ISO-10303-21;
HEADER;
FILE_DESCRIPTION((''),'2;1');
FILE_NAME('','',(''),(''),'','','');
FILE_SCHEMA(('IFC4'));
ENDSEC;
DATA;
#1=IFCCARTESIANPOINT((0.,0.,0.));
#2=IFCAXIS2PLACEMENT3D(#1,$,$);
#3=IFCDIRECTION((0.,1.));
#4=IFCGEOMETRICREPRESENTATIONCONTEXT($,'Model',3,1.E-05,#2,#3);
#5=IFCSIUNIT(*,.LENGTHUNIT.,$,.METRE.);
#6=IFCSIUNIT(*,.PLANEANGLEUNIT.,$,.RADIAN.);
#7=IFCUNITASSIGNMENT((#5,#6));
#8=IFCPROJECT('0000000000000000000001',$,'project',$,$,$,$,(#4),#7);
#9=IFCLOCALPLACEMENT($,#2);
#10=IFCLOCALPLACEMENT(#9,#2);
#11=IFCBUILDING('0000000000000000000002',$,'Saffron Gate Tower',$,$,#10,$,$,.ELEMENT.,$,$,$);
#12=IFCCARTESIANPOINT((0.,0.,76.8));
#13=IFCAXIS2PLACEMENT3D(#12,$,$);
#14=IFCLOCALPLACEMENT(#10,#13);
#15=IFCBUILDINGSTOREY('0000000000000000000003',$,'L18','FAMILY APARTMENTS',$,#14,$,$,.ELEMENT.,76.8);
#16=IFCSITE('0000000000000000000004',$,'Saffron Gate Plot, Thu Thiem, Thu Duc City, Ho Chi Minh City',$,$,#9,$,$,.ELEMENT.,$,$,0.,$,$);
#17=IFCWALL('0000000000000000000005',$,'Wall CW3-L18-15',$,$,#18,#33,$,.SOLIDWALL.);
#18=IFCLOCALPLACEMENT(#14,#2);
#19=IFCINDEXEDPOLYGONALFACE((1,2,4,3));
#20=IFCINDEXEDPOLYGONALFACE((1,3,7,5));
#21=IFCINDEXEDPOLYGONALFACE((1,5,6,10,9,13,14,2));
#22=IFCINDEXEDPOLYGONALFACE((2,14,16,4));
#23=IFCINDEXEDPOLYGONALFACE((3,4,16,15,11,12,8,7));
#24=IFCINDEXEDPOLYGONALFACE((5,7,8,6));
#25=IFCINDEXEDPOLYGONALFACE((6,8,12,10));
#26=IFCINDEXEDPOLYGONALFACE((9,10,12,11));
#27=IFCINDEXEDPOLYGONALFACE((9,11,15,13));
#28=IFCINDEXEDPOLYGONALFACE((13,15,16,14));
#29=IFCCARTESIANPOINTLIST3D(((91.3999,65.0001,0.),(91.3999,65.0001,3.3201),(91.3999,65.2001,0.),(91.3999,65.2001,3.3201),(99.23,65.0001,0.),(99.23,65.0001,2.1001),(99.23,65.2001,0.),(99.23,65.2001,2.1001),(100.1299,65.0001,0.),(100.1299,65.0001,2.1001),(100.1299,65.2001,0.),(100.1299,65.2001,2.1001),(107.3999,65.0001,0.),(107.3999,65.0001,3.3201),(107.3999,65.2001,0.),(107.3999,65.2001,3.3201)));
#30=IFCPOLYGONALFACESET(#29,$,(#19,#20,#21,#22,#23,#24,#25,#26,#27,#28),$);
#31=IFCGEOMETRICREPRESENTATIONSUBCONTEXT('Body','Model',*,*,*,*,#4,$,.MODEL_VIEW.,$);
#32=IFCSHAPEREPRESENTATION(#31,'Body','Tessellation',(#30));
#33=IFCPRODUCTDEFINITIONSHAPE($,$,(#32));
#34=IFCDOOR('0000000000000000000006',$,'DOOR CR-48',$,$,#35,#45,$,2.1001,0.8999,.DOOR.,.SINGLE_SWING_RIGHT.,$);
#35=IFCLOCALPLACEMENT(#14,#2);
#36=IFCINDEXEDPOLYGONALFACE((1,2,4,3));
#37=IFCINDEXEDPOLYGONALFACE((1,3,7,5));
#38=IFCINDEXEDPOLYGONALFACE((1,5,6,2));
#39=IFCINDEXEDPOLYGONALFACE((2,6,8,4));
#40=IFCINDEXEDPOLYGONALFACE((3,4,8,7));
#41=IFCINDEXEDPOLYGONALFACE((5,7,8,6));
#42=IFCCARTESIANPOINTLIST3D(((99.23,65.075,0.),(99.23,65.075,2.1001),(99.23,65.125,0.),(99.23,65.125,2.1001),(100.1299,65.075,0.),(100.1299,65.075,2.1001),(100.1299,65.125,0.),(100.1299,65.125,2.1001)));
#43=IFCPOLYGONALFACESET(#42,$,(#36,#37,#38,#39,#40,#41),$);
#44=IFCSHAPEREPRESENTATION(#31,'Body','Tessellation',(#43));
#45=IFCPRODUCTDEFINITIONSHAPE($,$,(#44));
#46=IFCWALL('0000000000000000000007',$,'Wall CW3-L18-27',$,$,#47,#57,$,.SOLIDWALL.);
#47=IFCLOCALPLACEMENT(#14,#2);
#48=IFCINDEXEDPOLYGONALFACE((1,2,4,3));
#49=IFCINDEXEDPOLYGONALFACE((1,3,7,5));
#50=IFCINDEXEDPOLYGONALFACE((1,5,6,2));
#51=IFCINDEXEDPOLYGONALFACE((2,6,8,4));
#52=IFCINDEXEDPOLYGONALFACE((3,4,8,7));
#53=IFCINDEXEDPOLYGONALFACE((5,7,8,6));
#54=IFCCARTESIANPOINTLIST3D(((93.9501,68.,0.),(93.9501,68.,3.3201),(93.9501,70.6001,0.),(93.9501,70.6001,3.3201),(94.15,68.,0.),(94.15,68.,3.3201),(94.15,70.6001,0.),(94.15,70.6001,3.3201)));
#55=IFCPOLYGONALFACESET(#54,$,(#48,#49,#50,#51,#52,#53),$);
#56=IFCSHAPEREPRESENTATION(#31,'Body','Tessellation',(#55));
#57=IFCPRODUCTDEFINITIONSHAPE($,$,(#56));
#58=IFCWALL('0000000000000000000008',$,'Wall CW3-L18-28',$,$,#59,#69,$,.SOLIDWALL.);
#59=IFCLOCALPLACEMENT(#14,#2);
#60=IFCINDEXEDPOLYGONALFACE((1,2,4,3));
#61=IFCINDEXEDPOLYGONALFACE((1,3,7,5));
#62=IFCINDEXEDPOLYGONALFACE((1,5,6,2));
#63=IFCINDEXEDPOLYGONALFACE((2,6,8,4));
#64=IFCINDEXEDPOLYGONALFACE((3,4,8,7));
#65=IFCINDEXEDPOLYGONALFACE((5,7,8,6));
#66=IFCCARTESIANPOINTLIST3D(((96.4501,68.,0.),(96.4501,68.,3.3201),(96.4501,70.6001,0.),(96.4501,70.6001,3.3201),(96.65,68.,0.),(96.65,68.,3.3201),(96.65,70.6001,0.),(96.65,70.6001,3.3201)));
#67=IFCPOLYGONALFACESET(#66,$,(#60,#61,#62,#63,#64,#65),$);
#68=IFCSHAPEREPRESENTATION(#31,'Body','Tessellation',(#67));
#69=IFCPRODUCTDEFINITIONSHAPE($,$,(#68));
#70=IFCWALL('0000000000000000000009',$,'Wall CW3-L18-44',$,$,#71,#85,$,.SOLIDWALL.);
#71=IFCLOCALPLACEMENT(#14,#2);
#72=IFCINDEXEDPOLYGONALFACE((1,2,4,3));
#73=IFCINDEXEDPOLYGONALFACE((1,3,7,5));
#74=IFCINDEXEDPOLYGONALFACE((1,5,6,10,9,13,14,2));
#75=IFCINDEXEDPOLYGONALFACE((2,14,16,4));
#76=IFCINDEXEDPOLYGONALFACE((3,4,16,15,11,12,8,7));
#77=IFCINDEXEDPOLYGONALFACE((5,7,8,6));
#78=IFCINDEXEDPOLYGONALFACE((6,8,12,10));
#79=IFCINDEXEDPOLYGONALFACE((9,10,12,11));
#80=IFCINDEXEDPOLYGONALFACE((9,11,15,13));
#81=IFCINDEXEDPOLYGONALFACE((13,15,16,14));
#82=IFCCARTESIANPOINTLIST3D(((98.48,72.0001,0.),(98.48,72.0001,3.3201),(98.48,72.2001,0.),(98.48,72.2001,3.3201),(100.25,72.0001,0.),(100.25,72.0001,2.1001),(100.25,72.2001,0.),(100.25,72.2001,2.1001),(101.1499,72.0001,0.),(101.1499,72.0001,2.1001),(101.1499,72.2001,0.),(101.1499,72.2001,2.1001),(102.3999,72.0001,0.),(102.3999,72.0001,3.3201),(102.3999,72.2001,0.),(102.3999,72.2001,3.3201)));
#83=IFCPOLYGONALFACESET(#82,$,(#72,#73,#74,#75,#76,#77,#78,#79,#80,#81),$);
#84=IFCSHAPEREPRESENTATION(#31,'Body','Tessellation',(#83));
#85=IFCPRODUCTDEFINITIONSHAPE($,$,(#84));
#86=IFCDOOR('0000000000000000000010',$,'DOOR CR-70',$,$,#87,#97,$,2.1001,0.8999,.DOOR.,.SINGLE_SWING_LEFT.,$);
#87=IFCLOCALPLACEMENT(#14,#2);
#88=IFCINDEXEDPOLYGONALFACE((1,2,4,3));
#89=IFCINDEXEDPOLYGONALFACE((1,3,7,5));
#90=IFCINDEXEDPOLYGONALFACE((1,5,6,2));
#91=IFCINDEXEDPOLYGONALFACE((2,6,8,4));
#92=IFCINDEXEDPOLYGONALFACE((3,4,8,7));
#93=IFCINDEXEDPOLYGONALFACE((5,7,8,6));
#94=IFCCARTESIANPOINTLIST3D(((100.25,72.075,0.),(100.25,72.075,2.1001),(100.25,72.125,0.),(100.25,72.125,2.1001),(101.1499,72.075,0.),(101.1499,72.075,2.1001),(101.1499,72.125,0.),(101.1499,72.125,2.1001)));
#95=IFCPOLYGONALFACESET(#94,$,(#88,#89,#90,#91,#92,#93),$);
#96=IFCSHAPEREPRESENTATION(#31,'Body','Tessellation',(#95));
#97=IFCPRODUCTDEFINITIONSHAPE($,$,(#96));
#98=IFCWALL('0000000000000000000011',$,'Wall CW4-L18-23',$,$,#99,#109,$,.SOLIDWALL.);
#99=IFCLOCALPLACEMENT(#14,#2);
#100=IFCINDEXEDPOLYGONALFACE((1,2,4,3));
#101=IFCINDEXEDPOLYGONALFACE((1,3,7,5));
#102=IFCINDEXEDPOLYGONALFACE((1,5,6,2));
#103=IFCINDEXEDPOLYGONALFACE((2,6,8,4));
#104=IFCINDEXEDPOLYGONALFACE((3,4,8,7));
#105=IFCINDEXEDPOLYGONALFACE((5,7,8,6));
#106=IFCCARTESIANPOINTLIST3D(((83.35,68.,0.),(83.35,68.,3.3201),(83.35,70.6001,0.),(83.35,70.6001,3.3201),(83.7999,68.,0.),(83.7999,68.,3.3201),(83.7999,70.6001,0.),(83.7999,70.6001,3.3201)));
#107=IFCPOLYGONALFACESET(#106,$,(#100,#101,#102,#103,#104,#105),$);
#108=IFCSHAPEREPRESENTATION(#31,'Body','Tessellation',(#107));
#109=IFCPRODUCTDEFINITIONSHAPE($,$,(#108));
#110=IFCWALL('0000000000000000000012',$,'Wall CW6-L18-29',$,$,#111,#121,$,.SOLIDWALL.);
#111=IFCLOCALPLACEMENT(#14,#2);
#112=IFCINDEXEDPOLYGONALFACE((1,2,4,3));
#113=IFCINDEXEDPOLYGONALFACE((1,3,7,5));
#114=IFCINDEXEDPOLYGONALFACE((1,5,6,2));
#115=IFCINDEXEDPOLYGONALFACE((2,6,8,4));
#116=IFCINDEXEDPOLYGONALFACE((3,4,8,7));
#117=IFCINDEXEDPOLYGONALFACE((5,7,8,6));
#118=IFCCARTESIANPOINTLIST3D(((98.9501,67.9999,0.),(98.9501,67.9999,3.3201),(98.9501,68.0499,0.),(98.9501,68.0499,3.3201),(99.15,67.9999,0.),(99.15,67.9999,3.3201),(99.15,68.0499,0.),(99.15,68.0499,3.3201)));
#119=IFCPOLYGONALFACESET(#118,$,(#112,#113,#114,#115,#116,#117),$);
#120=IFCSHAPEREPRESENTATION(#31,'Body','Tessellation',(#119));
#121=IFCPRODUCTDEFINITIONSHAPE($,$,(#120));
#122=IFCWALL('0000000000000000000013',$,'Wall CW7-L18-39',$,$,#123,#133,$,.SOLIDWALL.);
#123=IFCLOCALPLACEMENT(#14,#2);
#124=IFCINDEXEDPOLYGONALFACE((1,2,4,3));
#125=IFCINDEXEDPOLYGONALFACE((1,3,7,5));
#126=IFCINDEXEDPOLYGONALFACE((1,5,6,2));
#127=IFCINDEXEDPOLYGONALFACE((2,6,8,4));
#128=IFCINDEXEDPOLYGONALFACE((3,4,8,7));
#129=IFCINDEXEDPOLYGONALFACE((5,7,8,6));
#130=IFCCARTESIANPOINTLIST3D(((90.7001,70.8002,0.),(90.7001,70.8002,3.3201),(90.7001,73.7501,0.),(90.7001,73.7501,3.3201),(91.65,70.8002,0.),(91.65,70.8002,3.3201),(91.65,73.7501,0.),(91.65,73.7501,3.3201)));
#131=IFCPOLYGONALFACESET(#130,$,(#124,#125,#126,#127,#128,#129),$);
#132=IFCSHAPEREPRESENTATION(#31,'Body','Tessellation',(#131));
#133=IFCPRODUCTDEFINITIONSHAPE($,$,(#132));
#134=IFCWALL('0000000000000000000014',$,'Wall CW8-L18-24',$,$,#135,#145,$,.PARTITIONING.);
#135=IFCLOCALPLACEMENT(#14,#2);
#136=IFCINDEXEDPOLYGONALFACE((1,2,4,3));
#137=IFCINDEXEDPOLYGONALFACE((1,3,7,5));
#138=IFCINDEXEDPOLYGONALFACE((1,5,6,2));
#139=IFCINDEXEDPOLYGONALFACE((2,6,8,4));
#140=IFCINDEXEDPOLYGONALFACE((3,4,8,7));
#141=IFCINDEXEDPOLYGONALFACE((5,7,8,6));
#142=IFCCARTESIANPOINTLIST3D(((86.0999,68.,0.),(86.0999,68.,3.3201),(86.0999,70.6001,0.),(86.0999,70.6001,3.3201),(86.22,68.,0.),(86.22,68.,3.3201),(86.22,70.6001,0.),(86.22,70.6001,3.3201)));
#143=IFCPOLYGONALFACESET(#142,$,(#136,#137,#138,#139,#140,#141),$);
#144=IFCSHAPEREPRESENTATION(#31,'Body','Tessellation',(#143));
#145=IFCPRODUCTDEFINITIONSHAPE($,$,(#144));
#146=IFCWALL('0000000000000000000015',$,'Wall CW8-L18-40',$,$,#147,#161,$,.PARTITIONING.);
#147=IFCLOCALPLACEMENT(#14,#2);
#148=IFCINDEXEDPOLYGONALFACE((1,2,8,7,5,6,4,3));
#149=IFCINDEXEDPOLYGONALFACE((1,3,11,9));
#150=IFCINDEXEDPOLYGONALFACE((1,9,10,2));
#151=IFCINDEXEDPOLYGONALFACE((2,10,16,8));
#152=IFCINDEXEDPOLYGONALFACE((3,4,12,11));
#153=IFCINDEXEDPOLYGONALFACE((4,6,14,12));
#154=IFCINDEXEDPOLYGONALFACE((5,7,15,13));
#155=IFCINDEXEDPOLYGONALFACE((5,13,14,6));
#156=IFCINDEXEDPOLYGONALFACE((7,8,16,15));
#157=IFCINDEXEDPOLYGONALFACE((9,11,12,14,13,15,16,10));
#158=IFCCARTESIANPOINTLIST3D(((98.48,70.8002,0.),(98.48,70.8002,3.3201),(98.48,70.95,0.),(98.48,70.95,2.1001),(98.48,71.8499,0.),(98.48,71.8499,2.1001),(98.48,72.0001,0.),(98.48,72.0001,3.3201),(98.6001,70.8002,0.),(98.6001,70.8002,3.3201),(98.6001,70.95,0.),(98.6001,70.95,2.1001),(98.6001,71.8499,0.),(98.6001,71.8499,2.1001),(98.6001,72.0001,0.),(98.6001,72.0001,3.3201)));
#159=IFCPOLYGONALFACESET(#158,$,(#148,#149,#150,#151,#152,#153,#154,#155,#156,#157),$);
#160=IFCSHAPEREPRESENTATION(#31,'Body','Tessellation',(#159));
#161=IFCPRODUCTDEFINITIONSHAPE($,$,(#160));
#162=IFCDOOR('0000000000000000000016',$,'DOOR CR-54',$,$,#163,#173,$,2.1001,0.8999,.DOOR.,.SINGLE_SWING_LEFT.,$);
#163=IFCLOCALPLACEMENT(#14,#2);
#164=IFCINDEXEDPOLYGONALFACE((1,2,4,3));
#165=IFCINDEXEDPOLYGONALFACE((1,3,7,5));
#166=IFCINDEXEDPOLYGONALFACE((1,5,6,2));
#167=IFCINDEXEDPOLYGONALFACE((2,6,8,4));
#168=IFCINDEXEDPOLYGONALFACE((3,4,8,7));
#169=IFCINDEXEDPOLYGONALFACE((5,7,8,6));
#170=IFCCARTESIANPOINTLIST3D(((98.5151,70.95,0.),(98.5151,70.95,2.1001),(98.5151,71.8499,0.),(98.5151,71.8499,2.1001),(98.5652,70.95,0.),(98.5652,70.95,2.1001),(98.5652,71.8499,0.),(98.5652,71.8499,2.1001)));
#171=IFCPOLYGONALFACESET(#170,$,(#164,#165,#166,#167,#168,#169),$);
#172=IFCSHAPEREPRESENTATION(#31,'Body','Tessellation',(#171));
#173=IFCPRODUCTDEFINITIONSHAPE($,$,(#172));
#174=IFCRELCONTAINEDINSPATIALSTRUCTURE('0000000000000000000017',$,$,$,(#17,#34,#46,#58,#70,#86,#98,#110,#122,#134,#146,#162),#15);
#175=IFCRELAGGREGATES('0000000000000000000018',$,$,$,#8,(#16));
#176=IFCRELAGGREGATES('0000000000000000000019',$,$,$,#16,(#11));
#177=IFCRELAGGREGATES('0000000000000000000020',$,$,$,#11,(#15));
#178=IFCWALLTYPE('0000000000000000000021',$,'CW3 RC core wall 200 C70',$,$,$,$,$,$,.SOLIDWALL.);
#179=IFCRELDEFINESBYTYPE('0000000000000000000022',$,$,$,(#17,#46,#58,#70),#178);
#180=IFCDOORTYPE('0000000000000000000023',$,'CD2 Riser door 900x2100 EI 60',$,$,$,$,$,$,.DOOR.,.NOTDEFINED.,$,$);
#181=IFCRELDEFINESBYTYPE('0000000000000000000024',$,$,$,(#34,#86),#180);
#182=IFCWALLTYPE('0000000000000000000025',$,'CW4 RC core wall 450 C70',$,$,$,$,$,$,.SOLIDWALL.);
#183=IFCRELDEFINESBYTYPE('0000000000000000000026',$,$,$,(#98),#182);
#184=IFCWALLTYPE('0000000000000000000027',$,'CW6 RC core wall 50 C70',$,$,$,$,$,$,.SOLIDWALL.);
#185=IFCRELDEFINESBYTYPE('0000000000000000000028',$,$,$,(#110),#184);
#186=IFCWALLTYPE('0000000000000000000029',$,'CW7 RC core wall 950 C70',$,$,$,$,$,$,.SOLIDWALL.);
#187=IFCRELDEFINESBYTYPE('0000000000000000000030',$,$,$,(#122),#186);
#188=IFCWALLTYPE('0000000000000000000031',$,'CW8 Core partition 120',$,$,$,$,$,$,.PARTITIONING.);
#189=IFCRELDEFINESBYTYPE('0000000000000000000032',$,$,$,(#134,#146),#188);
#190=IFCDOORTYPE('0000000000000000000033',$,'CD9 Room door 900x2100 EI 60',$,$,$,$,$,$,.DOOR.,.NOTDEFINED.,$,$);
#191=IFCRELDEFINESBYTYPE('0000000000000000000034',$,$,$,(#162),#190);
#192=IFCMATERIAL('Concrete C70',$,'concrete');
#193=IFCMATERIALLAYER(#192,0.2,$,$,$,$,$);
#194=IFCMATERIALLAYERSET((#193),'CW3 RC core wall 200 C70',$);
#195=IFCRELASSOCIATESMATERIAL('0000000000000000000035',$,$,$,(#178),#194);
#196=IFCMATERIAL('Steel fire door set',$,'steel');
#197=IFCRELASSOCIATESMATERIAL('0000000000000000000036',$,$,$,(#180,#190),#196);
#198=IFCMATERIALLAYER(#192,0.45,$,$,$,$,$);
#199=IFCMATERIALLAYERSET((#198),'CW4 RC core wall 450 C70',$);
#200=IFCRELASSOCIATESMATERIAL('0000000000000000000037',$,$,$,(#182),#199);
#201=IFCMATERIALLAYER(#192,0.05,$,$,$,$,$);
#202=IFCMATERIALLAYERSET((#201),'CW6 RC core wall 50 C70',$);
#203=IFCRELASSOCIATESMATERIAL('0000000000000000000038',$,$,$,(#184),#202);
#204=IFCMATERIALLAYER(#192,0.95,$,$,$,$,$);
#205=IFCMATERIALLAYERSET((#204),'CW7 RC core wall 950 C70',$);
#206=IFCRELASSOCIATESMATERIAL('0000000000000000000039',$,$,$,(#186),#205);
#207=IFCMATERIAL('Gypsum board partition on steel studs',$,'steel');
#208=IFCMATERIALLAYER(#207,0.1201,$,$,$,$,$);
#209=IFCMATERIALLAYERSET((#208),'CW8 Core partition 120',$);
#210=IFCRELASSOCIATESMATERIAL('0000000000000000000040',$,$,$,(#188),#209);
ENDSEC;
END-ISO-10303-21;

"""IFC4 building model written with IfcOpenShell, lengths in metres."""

from ifc_helpers import new_model, si_unit, direction, frame, frame_2d, origin, place, context, subcontext, project, spatial, rectangle, extrude, material, layer, layer_set, type_object, element, fill, save


model = new_model("IFC4")

# Units and contexts
model_context = context("Model", 3, precision=1e-05, world=origin(), true_north=direction((0.0, 1.0)))
body_context = subcontext(model_context, "Body", "Model", "MODEL_VIEW")
ifc_project = project(units=[si_unit("LENGTHUNIT", "METRE"), si_unit("PLANEANGLEUNIT", "RADIAN")], contexts=[model_context])

# Site, building, storey
site_placement = place(None, origin())
site = spatial("IfcSite", under=ifc_project, at=site_placement, Name="Saffron Gate Plot, Thu Thiem, Thu Duc City, Ho Chi Minh City", CompositionType="ELEMENT", RefElevation=0.0)
building_placement = place(site_placement, origin())
building = spatial("IfcBuilding", under=site, at=building_placement, Name="Saffron Gate Tower", CompositionType="ELEMENT")
storey_placement = place(building_placement, frame((0.0, 0.0, 76.8)))
storey = spatial("IfcBuildingStorey", under=building, at=storey_placement, Name="L18", Description="FAMILY APARTMENTS", CompositionType="ELEMENT", Elevation=76.8)

# Shared definitions
ifc_material_1 = material(Name="Gypsum board partition on steel studs", Category="steel")
ifc_material_2 = material(Name="Concrete C70", Category="concrete")

# Shared definitions
ifc_material_3 = material(Name="Steel fire door set", Category="steel")

# Shared definitions
ifc_layer_1 = layer(ifc_material_2, 0.2)
ifc_layer_set_1 = layer_set([ifc_layer_1], Name="CW3 RC core wall 200 C70")
wall_type_1 = type_object("IfcWallType", Name="CW3 RC core wall 200 C70", PredefinedType="SOLIDWALL", material=ifc_layer_set_1)

# Wall, opening, door
wall_1_placement = place(storey_placement, frame((91.3999, 65.1001, 0.0), z_axis=(0.0, 0.0, 1.0), x_axis=(1.0, 0.0, 0.0)))
wall_1 = element("IfcWall", 1, at=wall_1_placement, inside=storey, type_object=wall_type_1, Name="Wall CW3-L18-15", PredefinedType="SOLIDWALL", context=body_context, shape_type="SweptSolid", body=[
    extrude(rectangle(XDim=16.0, YDim=0.2, at=frame_2d((8.0, 0.0))), origin(), (0.0, 0.0, 1.0), 3.3201),
])
opening_1_placement = place(wall_1_placement, frame((7.8301, 0.0, 0.0)))
opening_1 = element("IfcOpeningElement", 2, at=opening_1_placement, cuts=wall_1, PredefinedType="OPENING", context=body_context, shape_type="SweptSolid", body=[
    extrude(rectangle(XDim=0.8999, YDim=2.1001, at=frame_2d((0.45, 1.05))), frame((0.0, 0.1099, 0.0), z_axis=(0.0, -1.0, 0.0), x_axis=(1.0, 0.0, 0.0)), (0.0, 0.0, 1.0), 0.22),
])
door_type_1 = type_object("IfcDoorType", Name="CD2 Riser door 900x2100 EI 60", OperationType="NOTDEFINED", PredefinedType="DOOR", material=ifc_material_3)
door_1_placement = place(opening_1_placement, origin())
door_1 = element("IfcDoor", 3, at=door_1_placement, inside=storey, type_object=door_type_1, Name="DOOR CR-48", OperationType="SINGLE_SWING_RIGHT", OverallHeight=2.1001, OverallWidth=0.8999, PredefinedType="DOOR", context=body_context, shape_type="SweptSolid", body=[
    extrude(rectangle(XDim=0.8999, YDim=2.1001, at=frame_2d((0.45, 1.05))), frame((0.0, 0.0249, 0.0), z_axis=(0.0, -1.0, 0.0), x_axis=(1.0, 0.0, 0.0)), (0.0, 0.0, 1.0), 0.05),
])
fill(opening_1, door_1)

# Walls
for number, where, z_axis, x_axis, name in (
    (4, (94.05, 68.0, 0.0), (0.0, 0.0, 1.0), (0.0, 1.0, 0.0), "Wall CW3-L18-27"),
    (5, (96.55, 68.0, 0.0), (0.0, 0.0, 1.0), (0.0, 1.0, 0.0), "Wall CW3-L18-28"),
):
    element("IfcWall", number, at=place(storey_placement, frame(where, z_axis=z_axis, x_axis=x_axis)), inside=storey, type_object=wall_type_1, Name=name, PredefinedType="SOLIDWALL", context=body_context, shape_type="SweptSolid", body=[
        extrude(rectangle(XDim=2.6001, YDim=0.2, at=frame_2d((1.3, 0.0))), origin(), (0.0, 0.0, 1.0), 3.3201),
    ])

# Wall, opening, door
wall_2_placement = place(storey_placement, frame((98.48, 72.1001, 0.0), z_axis=(0.0, 0.0, 1.0), x_axis=(1.0, 0.0, 0.0)))
wall_2 = element("IfcWall", 6, at=wall_2_placement, inside=storey, type_object=wall_type_1, Name="Wall CW3-L18-44", PredefinedType="SOLIDWALL", context=body_context, shape_type="SweptSolid", body=[
    extrude(rectangle(XDim=3.9199, YDim=0.2, at=frame_2d((1.96, 0.0))), origin(), (0.0, 0.0, 1.0), 3.3201),
])
opening_2_placement = place(wall_2_placement, frame((1.77, 0.0, 0.0)))
opening_2 = element("IfcOpeningElement", 7, at=opening_2_placement, cuts=wall_2, PredefinedType="OPENING", context=body_context, shape_type="SweptSolid", body=[
    extrude(rectangle(XDim=0.8999, YDim=2.1001, at=frame_2d((0.45, 1.05))), frame((0.0, 0.1099, 0.0), z_axis=(0.0, -1.0, 0.0), x_axis=(1.0, 0.0, 0.0)), (0.0, 0.0, 1.0), 0.22),
])
door_2_placement = place(opening_2_placement, origin())
door_2 = element("IfcDoor", 8, at=door_2_placement, inside=storey, type_object=door_type_1, Name="DOOR CR-70", OperationType="SINGLE_SWING_LEFT", OverallHeight=2.1001, OverallWidth=0.8999, PredefinedType="DOOR", context=body_context, shape_type="SweptSolid", body=[
    extrude(rectangle(XDim=0.8999, YDim=2.1001, at=frame_2d((0.45, 1.05))), frame((0.0, 0.0249, 0.0), z_axis=(0.0, -1.0, 0.0), x_axis=(1.0, 0.0, 0.0)), (0.0, 0.0, 1.0), 0.05),
])
fill(opening_2, door_2)

# Walls
ifc_layer_2 = layer(ifc_material_2, 0.45)
ifc_layer_set_2 = layer_set([ifc_layer_2], Name="CW4 RC core wall 450 C70")
wall_type_2 = type_object("IfcWallType", Name="CW4 RC core wall 450 C70", PredefinedType="SOLIDWALL", material=ifc_layer_set_2)
wall_3_placement = place(storey_placement, frame((83.575, 68.0, 0.0), z_axis=(0.0, 0.0, 1.0), x_axis=(0.0, 1.0, 0.0)))
element("IfcWall", 9, at=wall_3_placement, inside=storey, type_object=wall_type_2, Name="Wall CW4-L18-23", PredefinedType="SOLIDWALL", context=body_context, shape_type="SweptSolid", body=[
    extrude(rectangle(XDim=2.6001, YDim=0.45, at=frame_2d((1.3, 0.0))), origin(), (0.0, 0.0, 1.0), 3.3201),
])
ifc_layer_3 = layer(ifc_material_2, 0.05)
ifc_layer_set_3 = layer_set([ifc_layer_3], Name="CW6 RC core wall 50 C70")
wall_type_3 = type_object("IfcWallType", Name="CW6 RC core wall 50 C70", PredefinedType="SOLIDWALL", material=ifc_layer_set_3)
wall_4_placement = place(storey_placement, frame((98.95, 68.0249, 0.0), z_axis=(0.0, 0.0, 1.0), x_axis=(1.0, 0.0, 0.0)))
element("IfcWall", 10, at=wall_4_placement, inside=storey, type_object=wall_type_3, Name="Wall CW6-L18-29", PredefinedType="SOLIDWALL", context=body_context, shape_type="SweptSolid", body=[
    extrude(rectangle(XDim=0.2, YDim=0.05, at=frame_2d((0.1001, 0.0))), origin(), (0.0, 0.0, 1.0), 3.3201),
])
ifc_layer_4 = layer(ifc_material_2, 0.95)
ifc_layer_set_4 = layer_set([ifc_layer_4], Name="CW7 RC core wall 950 C70")
wall_type_4 = type_object("IfcWallType", Name="CW7 RC core wall 950 C70", PredefinedType="SOLIDWALL", material=ifc_layer_set_4)
wall_5_placement = place(storey_placement, frame((91.175, 70.8, 0.0), z_axis=(0.0, 0.0, 1.0), x_axis=(0.0, 1.0, 0.0)))
element("IfcWall", 11, at=wall_5_placement, inside=storey, type_object=wall_type_4, Name="Wall CW7-L18-39", PredefinedType="SOLIDWALL", context=body_context, shape_type="SweptSolid", body=[
    extrude(rectangle(XDim=2.95, YDim=0.95, at=frame_2d((1.4751, 0.0))), origin(), (0.0, 0.0, 1.0), 3.3201),
])
ifc_layer_5 = layer(ifc_material_1, 0.1201)
ifc_layer_set_5 = layer_set([ifc_layer_5], Name="CW8 Core partition 120")
wall_type_5 = type_object("IfcWallType", Name="CW8 Core partition 120", PredefinedType="PARTITIONING", material=ifc_layer_set_5)
wall_6_placement = place(storey_placement, frame((86.1599, 68.0, 0.0), z_axis=(0.0, 0.0, 1.0), x_axis=(0.0, 1.0, 0.0)))
element("IfcWall", 12, at=wall_6_placement, inside=storey, type_object=wall_type_5, Name="Wall CW8-L18-24", PredefinedType="PARTITIONING", context=body_context, shape_type="SweptSolid", body=[
    extrude(rectangle(XDim=2.6001, YDim=0.1201, at=frame_2d((1.3, 0.0))), origin(), (0.0, 0.0, 1.0), 3.3201),
])

# Wall, opening, door
wall_7_placement = place(storey_placement, frame((98.54, 70.8, 0.0), z_axis=(0.0, 0.0, 1.0), x_axis=(0.0, 1.0, 0.0)))
wall_7 = element("IfcWall", 13, at=wall_7_placement, inside=storey, type_object=wall_type_5, Name="Wall CW8-L18-40", PredefinedType="PARTITIONING", context=body_context, shape_type="SweptSolid", body=[
    extrude(rectangle(XDim=1.2, YDim=0.1201, at=frame_2d((0.6001, 0.0))), origin(), (0.0, 0.0, 1.0), 3.3201),
])
opening_3_placement = place(wall_7_placement, frame((0.1499, 0.0, 0.0)))
opening_3 = element("IfcOpeningElement", 14, at=opening_3_placement, cuts=wall_7, PredefinedType="OPENING", context=body_context, shape_type="SweptSolid", body=[
    extrude(rectangle(XDim=0.8999, YDim=2.1001, at=frame_2d((0.45, 1.05))), frame((0.0, 0.0701, 0.0), z_axis=(0.0, -1.0, 0.0), x_axis=(1.0, 0.0, 0.0)), (0.0, 0.0, 1.0), 0.1401),
])
door_type_2 = type_object("IfcDoorType", Name="CD9 Room door 900x2100 EI 60", OperationType="NOTDEFINED", PredefinedType="DOOR", material=ifc_material_3)
door_3_placement = place(opening_3_placement, origin())
door_3 = element("IfcDoor", 15, at=door_3_placement, inside=storey, type_object=door_type_2, Name="DOOR CR-54", OperationType="SINGLE_SWING_LEFT", OverallHeight=2.1001, OverallWidth=0.8999, PredefinedType="DOOR", context=body_context, shape_type="SweptSolid", body=[
    extrude(rectangle(XDim=0.8999, YDim=2.1001, at=frame_2d((0.45, 1.05))), frame((0.0, 0.0249, 0.0), z_axis=(0.0, -1.0, 0.0), x_axis=(1.0, 0.0, 0.0)), (0.0, 0.0, 1.0), 0.05),
])
fill(opening_3, door_3)

save(model, "model.ifc")
